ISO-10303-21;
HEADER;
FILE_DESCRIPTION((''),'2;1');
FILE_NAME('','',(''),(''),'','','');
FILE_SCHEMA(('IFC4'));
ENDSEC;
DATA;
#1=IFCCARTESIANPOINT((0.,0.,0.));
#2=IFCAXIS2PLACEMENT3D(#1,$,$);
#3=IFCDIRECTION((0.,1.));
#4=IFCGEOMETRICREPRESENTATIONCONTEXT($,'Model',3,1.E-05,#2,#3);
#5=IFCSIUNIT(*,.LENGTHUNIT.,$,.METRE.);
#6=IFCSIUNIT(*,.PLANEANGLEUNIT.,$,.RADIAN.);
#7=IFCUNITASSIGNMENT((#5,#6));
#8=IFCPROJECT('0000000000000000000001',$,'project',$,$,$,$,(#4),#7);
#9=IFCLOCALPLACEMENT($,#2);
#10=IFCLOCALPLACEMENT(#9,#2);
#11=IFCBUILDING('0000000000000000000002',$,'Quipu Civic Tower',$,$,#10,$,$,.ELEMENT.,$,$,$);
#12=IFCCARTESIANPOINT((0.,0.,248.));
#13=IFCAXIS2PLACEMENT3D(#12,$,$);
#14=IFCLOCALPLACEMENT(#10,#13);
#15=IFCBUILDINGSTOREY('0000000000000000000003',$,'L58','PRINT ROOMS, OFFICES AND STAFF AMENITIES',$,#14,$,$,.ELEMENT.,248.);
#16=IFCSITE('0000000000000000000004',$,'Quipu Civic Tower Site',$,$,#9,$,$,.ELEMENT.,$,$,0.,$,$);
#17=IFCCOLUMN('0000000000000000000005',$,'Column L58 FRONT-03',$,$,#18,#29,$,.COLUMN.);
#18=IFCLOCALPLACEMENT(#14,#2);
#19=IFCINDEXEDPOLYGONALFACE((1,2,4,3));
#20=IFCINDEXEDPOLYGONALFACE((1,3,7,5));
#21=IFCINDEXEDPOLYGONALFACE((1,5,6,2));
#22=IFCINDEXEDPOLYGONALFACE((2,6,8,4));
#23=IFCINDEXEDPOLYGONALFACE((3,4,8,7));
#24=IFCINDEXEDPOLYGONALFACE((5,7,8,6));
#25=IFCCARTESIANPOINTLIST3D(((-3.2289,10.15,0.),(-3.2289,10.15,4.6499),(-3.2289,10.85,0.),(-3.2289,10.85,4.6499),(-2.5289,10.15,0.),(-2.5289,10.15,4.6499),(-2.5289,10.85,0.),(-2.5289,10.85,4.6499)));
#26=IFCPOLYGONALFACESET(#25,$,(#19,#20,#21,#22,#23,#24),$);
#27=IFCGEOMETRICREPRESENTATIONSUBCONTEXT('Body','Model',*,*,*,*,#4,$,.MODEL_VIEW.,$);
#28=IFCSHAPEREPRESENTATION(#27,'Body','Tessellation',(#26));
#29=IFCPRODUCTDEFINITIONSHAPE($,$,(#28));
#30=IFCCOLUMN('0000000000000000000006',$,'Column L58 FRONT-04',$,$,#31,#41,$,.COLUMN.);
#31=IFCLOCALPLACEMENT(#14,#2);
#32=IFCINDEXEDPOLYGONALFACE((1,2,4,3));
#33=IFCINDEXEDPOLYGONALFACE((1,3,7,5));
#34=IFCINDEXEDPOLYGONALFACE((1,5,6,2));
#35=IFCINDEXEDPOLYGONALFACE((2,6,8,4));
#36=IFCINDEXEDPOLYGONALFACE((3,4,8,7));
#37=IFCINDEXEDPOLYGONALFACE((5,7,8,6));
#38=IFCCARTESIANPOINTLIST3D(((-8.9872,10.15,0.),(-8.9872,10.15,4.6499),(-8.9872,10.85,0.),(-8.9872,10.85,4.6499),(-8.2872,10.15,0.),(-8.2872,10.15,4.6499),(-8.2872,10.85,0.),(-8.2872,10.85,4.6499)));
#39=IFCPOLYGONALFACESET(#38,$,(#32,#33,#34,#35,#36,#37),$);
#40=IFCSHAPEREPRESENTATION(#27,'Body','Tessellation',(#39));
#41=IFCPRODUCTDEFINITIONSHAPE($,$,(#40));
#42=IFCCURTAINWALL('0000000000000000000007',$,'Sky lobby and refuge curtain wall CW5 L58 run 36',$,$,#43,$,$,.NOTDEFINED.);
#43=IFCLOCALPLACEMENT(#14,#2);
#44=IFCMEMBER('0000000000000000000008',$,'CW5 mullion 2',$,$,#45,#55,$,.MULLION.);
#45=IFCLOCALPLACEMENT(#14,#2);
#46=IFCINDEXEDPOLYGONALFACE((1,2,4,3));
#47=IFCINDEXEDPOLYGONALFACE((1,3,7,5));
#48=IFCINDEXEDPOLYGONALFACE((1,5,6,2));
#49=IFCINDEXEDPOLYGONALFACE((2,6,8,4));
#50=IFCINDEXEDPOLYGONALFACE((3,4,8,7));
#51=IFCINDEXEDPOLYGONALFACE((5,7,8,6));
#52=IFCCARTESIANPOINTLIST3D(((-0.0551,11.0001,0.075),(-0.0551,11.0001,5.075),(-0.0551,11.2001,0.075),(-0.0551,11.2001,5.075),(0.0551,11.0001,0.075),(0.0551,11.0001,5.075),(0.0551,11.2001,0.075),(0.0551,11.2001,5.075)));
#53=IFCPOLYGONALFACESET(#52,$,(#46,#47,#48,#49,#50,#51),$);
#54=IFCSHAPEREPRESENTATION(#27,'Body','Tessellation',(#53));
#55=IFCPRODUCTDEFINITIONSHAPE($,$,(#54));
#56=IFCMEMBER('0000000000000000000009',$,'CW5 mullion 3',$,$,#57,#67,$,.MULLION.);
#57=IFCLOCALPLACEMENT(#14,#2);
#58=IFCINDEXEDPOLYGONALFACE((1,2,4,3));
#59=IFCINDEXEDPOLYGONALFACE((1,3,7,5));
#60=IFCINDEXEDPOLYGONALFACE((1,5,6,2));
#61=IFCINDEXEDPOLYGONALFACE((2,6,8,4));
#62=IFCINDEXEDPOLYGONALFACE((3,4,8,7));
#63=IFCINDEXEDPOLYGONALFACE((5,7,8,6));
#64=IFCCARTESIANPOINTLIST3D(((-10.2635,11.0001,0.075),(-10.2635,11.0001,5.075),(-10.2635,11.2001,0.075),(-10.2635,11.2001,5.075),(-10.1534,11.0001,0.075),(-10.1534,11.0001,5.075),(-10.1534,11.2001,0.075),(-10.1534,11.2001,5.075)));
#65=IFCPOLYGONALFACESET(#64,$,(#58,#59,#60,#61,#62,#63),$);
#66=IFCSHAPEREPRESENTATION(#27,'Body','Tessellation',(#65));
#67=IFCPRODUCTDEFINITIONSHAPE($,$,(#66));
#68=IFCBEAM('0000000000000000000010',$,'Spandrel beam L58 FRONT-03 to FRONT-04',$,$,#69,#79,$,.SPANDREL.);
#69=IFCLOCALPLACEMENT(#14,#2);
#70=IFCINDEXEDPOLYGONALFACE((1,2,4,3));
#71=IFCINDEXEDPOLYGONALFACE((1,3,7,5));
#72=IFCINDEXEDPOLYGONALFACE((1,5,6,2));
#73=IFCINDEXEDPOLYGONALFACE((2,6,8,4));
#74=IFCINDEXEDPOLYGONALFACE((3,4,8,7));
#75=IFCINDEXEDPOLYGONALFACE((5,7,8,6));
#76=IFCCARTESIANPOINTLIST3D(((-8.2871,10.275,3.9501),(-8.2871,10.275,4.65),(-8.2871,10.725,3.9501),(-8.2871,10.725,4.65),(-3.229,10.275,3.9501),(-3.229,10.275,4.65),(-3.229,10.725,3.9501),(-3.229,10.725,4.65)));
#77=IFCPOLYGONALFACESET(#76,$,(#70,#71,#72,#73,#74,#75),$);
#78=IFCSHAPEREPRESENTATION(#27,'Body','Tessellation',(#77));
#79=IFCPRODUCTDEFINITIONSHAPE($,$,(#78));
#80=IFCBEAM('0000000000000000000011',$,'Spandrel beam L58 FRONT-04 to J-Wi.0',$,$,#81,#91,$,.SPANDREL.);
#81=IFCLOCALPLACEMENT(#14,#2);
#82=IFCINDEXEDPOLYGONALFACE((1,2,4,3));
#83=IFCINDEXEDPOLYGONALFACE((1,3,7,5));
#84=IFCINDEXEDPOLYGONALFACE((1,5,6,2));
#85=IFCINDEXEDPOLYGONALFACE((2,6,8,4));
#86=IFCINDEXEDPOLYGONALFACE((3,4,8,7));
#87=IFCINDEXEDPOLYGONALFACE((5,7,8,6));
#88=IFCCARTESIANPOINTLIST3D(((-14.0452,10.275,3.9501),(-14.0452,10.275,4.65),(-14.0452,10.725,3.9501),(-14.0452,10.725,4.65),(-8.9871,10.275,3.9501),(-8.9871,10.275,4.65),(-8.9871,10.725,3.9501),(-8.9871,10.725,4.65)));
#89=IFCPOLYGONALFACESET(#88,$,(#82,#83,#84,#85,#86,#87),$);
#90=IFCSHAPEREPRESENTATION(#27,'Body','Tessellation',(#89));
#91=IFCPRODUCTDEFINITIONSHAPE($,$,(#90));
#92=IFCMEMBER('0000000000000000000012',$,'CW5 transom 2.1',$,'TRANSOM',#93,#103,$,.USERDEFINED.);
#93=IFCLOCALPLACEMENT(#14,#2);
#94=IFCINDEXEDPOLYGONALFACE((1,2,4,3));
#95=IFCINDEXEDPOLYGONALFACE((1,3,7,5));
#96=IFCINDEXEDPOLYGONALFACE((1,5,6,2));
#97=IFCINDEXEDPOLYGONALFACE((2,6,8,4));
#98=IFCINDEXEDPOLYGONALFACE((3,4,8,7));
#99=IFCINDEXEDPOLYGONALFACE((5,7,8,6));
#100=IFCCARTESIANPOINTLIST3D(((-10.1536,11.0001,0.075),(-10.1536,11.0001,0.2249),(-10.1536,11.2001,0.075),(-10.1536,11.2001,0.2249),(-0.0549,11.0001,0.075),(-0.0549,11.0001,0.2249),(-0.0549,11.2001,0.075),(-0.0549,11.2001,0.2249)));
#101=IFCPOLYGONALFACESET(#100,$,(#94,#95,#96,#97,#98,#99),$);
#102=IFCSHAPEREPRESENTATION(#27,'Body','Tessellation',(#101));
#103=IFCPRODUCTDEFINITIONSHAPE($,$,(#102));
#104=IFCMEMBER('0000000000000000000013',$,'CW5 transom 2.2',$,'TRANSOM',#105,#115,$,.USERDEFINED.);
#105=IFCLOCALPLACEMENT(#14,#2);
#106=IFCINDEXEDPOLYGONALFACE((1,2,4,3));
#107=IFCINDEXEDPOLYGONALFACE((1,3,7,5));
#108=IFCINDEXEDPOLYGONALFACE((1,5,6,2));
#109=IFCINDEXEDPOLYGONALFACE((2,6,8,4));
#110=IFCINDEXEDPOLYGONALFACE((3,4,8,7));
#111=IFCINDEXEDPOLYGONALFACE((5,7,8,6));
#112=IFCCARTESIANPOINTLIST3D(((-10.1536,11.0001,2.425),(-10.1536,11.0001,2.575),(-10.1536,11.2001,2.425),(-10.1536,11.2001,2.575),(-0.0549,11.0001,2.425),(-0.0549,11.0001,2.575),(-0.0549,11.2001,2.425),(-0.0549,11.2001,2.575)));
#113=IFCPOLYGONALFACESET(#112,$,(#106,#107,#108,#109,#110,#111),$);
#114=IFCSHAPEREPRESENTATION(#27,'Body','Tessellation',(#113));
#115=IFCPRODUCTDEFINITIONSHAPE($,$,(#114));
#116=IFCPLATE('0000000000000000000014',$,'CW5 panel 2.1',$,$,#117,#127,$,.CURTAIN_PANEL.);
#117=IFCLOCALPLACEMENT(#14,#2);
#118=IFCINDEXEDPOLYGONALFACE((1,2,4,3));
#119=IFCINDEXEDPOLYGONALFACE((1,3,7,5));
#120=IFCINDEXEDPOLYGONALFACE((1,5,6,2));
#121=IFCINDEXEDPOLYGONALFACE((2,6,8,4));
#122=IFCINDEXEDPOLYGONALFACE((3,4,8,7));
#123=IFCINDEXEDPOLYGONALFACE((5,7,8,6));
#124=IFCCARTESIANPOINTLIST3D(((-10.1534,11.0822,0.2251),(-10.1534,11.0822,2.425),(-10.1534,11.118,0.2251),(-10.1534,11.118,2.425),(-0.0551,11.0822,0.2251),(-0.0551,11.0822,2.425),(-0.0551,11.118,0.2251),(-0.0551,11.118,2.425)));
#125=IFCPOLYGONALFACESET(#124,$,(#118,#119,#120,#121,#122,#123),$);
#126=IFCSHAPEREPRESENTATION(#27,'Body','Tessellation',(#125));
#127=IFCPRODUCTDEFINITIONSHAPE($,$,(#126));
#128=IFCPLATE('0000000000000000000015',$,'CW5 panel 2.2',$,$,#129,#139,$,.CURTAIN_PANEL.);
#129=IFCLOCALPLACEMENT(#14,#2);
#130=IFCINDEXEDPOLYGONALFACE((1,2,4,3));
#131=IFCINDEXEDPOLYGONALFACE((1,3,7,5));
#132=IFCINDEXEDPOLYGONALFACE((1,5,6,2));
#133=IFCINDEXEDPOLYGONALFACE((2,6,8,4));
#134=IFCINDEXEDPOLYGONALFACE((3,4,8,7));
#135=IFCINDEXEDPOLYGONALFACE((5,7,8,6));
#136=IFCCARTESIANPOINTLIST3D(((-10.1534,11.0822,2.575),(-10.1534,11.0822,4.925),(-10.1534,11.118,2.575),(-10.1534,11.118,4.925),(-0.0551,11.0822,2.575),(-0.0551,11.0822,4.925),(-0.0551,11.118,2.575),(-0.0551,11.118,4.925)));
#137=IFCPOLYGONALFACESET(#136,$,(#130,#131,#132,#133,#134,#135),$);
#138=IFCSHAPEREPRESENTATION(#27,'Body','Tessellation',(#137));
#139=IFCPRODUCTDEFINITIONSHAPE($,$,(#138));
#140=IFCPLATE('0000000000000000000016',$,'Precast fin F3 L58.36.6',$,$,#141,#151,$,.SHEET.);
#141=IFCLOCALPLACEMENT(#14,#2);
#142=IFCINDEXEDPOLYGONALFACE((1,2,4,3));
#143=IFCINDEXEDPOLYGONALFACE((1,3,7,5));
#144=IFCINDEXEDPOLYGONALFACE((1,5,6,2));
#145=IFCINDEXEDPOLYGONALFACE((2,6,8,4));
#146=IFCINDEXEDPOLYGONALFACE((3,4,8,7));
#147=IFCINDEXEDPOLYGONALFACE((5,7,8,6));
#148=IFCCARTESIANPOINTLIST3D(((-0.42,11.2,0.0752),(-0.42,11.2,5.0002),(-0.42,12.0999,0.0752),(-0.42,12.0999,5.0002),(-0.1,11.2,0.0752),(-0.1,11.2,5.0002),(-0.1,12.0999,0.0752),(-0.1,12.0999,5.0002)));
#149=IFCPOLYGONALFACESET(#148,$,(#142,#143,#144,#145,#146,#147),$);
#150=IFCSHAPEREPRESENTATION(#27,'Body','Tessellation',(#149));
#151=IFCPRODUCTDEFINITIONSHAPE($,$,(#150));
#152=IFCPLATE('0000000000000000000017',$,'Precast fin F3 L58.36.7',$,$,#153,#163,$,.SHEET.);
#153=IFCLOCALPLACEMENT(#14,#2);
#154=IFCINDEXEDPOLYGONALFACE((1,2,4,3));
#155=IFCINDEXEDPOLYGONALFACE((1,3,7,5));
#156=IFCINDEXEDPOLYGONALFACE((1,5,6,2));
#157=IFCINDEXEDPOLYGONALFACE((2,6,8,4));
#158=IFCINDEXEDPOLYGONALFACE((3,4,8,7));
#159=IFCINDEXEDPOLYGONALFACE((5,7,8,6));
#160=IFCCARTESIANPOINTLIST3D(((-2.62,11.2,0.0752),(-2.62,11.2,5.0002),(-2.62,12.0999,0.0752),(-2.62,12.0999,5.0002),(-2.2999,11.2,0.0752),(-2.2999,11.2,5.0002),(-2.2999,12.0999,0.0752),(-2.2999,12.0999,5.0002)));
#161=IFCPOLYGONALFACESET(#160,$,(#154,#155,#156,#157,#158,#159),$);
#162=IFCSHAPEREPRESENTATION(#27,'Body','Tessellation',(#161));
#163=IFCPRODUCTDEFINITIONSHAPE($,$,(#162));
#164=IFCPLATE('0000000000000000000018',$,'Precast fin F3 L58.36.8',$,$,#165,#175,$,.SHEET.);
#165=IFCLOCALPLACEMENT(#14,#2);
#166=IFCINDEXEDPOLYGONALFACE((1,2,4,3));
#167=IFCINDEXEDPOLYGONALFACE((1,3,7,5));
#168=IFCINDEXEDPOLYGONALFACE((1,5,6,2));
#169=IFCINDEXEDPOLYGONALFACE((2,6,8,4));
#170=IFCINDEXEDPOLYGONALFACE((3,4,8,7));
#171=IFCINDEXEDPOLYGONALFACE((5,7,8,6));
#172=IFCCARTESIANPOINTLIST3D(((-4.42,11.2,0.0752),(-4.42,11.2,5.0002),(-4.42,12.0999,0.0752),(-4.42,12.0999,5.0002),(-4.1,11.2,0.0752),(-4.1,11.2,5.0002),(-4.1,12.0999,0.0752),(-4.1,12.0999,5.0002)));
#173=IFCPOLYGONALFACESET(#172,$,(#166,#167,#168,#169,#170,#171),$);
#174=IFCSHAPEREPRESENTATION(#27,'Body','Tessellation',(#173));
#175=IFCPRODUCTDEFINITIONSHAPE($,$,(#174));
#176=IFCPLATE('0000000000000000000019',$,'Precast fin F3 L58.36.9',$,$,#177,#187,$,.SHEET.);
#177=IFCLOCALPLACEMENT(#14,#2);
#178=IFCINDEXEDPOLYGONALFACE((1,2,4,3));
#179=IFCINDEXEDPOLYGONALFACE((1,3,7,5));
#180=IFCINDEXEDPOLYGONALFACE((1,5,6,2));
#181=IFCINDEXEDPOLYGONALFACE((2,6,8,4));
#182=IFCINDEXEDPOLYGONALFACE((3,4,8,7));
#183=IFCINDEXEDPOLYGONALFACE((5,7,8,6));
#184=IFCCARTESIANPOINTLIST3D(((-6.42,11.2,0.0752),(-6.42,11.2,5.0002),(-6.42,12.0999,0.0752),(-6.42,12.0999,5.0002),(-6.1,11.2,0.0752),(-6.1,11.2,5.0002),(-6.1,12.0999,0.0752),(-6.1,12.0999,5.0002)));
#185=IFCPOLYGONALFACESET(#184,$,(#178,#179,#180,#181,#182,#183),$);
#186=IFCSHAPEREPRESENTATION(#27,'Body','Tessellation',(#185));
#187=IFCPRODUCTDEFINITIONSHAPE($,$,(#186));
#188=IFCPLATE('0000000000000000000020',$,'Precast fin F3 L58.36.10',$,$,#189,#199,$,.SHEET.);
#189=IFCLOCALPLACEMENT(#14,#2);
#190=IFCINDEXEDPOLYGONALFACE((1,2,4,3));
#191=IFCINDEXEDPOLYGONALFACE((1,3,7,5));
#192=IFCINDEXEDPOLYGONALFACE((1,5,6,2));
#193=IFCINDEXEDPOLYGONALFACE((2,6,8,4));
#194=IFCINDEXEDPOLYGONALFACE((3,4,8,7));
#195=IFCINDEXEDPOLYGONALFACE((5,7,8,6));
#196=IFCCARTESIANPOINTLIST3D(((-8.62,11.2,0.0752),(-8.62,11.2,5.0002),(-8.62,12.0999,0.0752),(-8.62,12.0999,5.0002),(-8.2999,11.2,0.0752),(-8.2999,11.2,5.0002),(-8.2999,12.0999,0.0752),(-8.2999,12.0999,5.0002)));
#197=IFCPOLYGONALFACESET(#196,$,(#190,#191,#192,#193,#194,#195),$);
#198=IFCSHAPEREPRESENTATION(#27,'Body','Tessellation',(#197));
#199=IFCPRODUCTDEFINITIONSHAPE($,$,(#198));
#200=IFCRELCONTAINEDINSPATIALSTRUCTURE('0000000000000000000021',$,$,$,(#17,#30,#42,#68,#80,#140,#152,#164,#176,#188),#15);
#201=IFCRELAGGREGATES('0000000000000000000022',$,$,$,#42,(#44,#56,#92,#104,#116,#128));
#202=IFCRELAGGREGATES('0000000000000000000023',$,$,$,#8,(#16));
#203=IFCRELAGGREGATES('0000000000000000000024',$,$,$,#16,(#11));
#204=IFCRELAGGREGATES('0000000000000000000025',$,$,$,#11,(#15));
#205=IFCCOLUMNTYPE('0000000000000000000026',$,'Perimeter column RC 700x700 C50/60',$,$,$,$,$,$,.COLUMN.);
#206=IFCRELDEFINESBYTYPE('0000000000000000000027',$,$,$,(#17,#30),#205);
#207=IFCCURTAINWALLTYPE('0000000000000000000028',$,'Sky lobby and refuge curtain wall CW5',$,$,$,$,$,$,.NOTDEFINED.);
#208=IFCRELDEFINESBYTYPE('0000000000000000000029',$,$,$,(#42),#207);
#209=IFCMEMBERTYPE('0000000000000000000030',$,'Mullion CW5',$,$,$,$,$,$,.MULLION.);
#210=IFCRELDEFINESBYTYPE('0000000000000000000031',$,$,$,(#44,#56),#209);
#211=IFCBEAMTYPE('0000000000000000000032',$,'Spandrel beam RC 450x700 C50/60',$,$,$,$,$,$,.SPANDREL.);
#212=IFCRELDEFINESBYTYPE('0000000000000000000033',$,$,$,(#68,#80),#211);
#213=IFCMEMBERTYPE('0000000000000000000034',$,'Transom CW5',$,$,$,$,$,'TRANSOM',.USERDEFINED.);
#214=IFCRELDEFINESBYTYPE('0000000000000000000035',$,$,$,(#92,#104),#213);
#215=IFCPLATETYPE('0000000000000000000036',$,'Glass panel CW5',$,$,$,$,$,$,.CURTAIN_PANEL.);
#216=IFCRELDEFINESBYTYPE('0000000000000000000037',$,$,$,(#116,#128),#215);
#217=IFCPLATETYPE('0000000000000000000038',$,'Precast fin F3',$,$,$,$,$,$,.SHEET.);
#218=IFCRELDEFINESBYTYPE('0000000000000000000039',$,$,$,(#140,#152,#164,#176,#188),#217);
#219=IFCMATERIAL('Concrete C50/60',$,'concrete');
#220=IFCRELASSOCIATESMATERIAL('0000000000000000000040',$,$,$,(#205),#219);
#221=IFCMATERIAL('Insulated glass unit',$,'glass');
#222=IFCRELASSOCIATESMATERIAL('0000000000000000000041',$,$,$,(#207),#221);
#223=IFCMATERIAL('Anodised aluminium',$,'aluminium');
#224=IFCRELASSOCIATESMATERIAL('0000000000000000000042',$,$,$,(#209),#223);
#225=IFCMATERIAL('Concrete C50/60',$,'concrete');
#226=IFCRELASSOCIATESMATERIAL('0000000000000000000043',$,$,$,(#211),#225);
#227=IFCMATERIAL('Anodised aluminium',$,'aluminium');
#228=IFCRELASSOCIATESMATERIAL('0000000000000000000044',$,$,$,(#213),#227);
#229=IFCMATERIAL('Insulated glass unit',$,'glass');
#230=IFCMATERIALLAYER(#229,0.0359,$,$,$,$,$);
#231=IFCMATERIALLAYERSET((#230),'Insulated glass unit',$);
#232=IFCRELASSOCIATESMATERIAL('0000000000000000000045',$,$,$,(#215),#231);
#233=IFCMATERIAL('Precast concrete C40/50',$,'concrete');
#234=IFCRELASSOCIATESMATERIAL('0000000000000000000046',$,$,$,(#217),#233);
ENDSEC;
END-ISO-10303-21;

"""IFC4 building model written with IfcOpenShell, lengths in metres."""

from ifc_helpers import new_model, si_unit, direction, frame, origin, origin_2d, place, context, subcontext, project, spatial, rectangle, extrude, material, layer, layer_set, material_profile, profile_set, type_object, element, aggregate, save


model = new_model("IFC4")

# Units and contexts
model_context = context("Model", 3, precision=1e-05, world=origin(), true_north=direction((0.0, 1.0)))
body_context = subcontext(model_context, "Body", "Model", "MODEL_VIEW")
ifc_project = project(units=[si_unit("LENGTHUNIT", "METRE"), si_unit("PLANEANGLEUNIT", "RADIAN")], contexts=[model_context])

# Site, building, storey
site_placement = place(None, origin())
site = spatial("IfcSite", under=ifc_project, at=site_placement, Name="Quipu Civic Tower Site", CompositionType="ELEMENT", RefElevation=0.0)
building_placement = place(site_placement, origin())
building = spatial("IfcBuilding", under=site, at=building_placement, Name="Quipu Civic Tower", CompositionType="ELEMENT")
storey_placement = place(building_placement, frame((0.0, 0.0, 248.0)))
storey = spatial("IfcBuildingStorey", under=building, at=storey_placement, Name="L58", Description="PRINT ROOMS, OFFICES AND STAFF AMENITIES", CompositionType="ELEMENT", Elevation=248.0)

# Columns
ifc_material_1 = material(Name="Concrete C50/60", Category="concrete")
ifc_material_profile_1 = material_profile(ifc_material_1, rectangle(XDim=0.7, YDim=0.7, at=origin_2d()), Name="RC700x700")
ifc_profile_set_1 = profile_set([ifc_material_profile_1], Name="Concrete C50/60")
column_type = type_object("IfcColumnType", Name="Perimeter column RC 700x700 C50/60", PredefinedType="COLUMN", material=ifc_profile_set_1)
for number, where, z_axis, x_axis, name in (
    (1, (-2.8789, 10.5, 0.0), (0.0, 0.0, 1.0), (-1.0, 0.0, 0.0), "Column L58 FRONT-03"),
    (2, (-8.6372, 10.5, 0.0), (0.0, 0.0, 1.0), (-1.0, 0.0, 0.0), "Column L58 FRONT-04"),
):
    element("IfcColumn", number, at=place(storey_placement, frame(where, z_axis=z_axis, x_axis=x_axis)), inside=storey, type_object=column_type, Name=name, PredefinedType="COLUMN", context=body_context, shape_type="SweptSolid", body=[
        extrude(rectangle(XDim=0.7, YDim=0.7, at=origin_2d()), origin(), (0.0, 0.0, 1.0), 4.6499),
    ])

# Curtain wall, members
ifc_material_2 = material(Name="Insulated glass unit", Category="glass")
curtain_wall_type = type_object("IfcCurtainWallType", Name="Sky lobby and refuge curtain wall CW5", PredefinedType="NOTDEFINED", material=ifc_material_2)
curtain_wall_placement = place(storey_placement, origin())
curtain_wall = element("IfcCurtainWall", 3, at=curtain_wall_placement, inside=storey, type_object=curtain_wall_type, Name="Sky lobby and refuge curtain wall CW5 L58 run 36", PredefinedType="NOTDEFINED")
ifc_material_3 = material(Name="Anodised aluminium", Category="aluminium")
ifc_material_profile_2 = material_profile(ifc_material_3, rectangle(XDim=0.2, YDim=0.1101, at=origin_2d()), Name="RECT 200x110")
ifc_profile_set_2 = profile_set([ifc_material_profile_2], Name="Anodised aluminium")
member_type_1 = type_object("IfcMemberType", Name="Mullion CW5", PredefinedType="MULLION", material=ifc_profile_set_2)
member_1_placement = place(storey_placement, frame((0.0, 11.1001, 0.075), z_axis=(0.0, 0.0, 1.0), x_axis=(0.0, -1.0, 0.0)))
member_1 = element("IfcMember", 4, at=member_1_placement, type_object=member_type_1, Name="CW5 mullion 2", PredefinedType="MULLION", context=body_context, shape_type="SweptSolid", body=[
    extrude(rectangle(XDim=0.2, YDim=0.1101, at=origin_2d()), origin(), (0.0, 0.0, 1.0), 5.0),
])
member_2_placement = place(storey_placement, frame((-10.2085, 11.1001, 0.075), z_axis=(0.0, 0.0, 1.0), x_axis=(0.0, -1.0, 0.0)))
member_2 = element("IfcMember", 5, at=member_2_placement, type_object=member_type_1, Name="CW5 mullion 3", PredefinedType="MULLION", context=body_context, shape_type="SweptSolid", body=[
    extrude(rectangle(XDim=0.2, YDim=0.1101, at=origin_2d()), origin(), (0.0, 0.0, 1.0), 5.0),
])

# Beams
ifc_material_4 = material(Name="Concrete C50/60", Category="concrete")
ifc_material_profile_3 = material_profile(ifc_material_4, rectangle(XDim=0.45, YDim=0.7, at=origin_2d()), Name="RC450x700")
ifc_profile_set_3 = profile_set([ifc_material_profile_3], Name="Concrete C50/60")
beam_type = type_object("IfcBeamType", Name="Spandrel beam RC 450x700 C50/60", PredefinedType="SPANDREL", material=ifc_profile_set_3)
for number, where, z_axis, x_axis, name in (
    (6, (-3.229, 10.5, 4.3), (-1.0, 0.0, 0.0), (0.0, -1.0, 0.0), "Spandrel beam L58 FRONT-03 to FRONT-04"),
    (7, (-8.9871, 10.5, 4.3), (-1.0, 0.0, 0.0), (0.0, -1.0, 0.0), "Spandrel beam L58 FRONT-04 to J-Wi.0"),
):
    element("IfcBeam", number, at=place(storey_placement, frame(where, z_axis=z_axis, x_axis=x_axis)), inside=storey, type_object=beam_type, Name=name, PredefinedType="SPANDREL", context=body_context, shape_type="SweptSolid", body=[
        extrude(rectangle(XDim=0.45, YDim=0.7, at=origin_2d()), origin(), (0.0, 0.0, 1.0), 5.0581),
    ])

# Members
ifc_material_5 = material(Name="Anodised aluminium", Category="aluminium")
ifc_material_profile_4 = material_profile(ifc_material_5, rectangle(XDim=0.2, YDim=0.1499, at=origin_2d()), Name="RECT 200x150")
ifc_profile_set_4 = profile_set([ifc_material_profile_4], Name="Anodised aluminium")
member_type_2 = type_object("IfcMemberType", Name="Transom CW5", ElementType="TRANSOM", PredefinedType="USERDEFINED", material=ifc_profile_set_4)
member_3_placement = place(storey_placement, frame((-0.0549, 11.1001, 0.1499), z_axis=(-1.0, 0.0, 0.0), x_axis=(0.0, -1.0, 0.0)))
member_3 = element("IfcMember", 8, at=member_3_placement, type_object=member_type_2, Name="CW5 transom 2.1", ObjectType="TRANSOM", PredefinedType="USERDEFINED", context=body_context, shape_type="SweptSolid", body=[
    extrude(rectangle(XDim=0.2, YDim=0.1499, at=origin_2d()), origin(), (0.0, 0.0, 1.0), 10.0986),
])
member_4_placement = place(storey_placement, frame((-0.0549, 11.1001, 2.5), z_axis=(-1.0, 0.0, 0.0), x_axis=(0.0, -1.0, 0.0)))
member_4 = element("IfcMember", 9, at=member_4_placement, type_object=member_type_2, Name="CW5 transom 2.2", ObjectType="TRANSOM", PredefinedType="USERDEFINED", context=body_context, shape_type="SweptSolid", body=[
    extrude(rectangle(XDim=0.2, YDim=0.1499, at=origin_2d()), origin(), (0.0, 0.0, 1.0), 10.0986),
])

# Plates
ifc_material_6 = material(Name="Insulated glass unit", Category="glass")
ifc_layer_1 = layer(ifc_material_6, 0.0359)
ifc_layer_set_1 = layer_set([ifc_layer_1], Name="Insulated glass unit")
plate_type_1 = type_object("IfcPlateType", Name="Glass panel CW5", PredefinedType="CURTAIN_PANEL", material=ifc_layer_set_1)
plate_1_placement = place(storey_placement, frame((-5.1042, 11.1001, 0.2251), z_axis=(0.0, 0.0, 1.0), x_axis=(-1.0, 0.0, 0.0)))
plate_1 = element("IfcPlate", 10, at=plate_1_placement, type_object=plate_type_1, Name="CW5 panel 2.1", PredefinedType="CURTAIN_PANEL", context=body_context, shape_type="SweptSolid", body=[
    extrude(rectangle(XDim=10.0984, YDim=0.0359, at=origin_2d()), origin(), (0.0, 0.0, 1.0), 2.2),
])
plate_2_placement = place(storey_placement, frame((-5.1042, 11.1001, 2.575), z_axis=(0.0, 0.0, 1.0), x_axis=(-1.0, 0.0, 0.0)))
plate_2 = element("IfcPlate", 11, at=plate_2_placement, type_object=plate_type_1, Name="CW5 panel 2.2", PredefinedType="CURTAIN_PANEL", context=body_context, shape_type="SweptSolid", body=[
    extrude(rectangle(XDim=10.0984, YDim=0.0359, at=origin_2d()), origin(), (0.0, 0.0, 1.0), 2.3501),
])
aggregate(curtain_wall, [member_1, member_2, member_3, member_4, plate_1, plate_2])

# Plates
ifc_material_7 = material(Name="Precast concrete C40/50", Category="concrete")
plate_type_2 = type_object("IfcPlateType", Name="Precast fin F3", PredefinedType="SHEET", material=ifc_material_7)
for number, where, z_axis, x_axis, name in (
    (12, (-0.26, 11.6499, 0.0752), (0.0, 0.0, 1.0), (-1.0, 0.0, 0.0), "Precast fin F3 L58.36.6"),
    (13, (-2.46, 11.6499, 0.0752), (0.0, 0.0, 1.0), (-1.0, 0.0, 0.0), "Precast fin F3 L58.36.7"),
    (14, (-4.26, 11.6499, 0.0752), (0.0, 0.0, 1.0), (-1.0, 0.0, 0.0), "Precast fin F3 L58.36.8"),
    (15, (-6.26, 11.6499, 0.0752), (0.0, 0.0, 1.0), (-1.0, 0.0, 0.0), "Precast fin F3 L58.36.9"),
    (16, (-8.46, 11.6499, 0.0752), (0.0, 0.0, 1.0), (-1.0, 0.0, 0.0), "Precast fin F3 L58.36.10"),
):
    element("IfcPlate", number, at=place(storey_placement, frame(where, z_axis=z_axis, x_axis=x_axis)), inside=storey, type_object=plate_type_2, Name=name, PredefinedType="SHEET", context=body_context, shape_type="SweptSolid", body=[
        extrude(rectangle(XDim=0.3201, YDim=0.8999, at=origin_2d()), origin(), (0.0, 0.0, 1.0), 4.925),
    ])

save(model, "model.ifc")
